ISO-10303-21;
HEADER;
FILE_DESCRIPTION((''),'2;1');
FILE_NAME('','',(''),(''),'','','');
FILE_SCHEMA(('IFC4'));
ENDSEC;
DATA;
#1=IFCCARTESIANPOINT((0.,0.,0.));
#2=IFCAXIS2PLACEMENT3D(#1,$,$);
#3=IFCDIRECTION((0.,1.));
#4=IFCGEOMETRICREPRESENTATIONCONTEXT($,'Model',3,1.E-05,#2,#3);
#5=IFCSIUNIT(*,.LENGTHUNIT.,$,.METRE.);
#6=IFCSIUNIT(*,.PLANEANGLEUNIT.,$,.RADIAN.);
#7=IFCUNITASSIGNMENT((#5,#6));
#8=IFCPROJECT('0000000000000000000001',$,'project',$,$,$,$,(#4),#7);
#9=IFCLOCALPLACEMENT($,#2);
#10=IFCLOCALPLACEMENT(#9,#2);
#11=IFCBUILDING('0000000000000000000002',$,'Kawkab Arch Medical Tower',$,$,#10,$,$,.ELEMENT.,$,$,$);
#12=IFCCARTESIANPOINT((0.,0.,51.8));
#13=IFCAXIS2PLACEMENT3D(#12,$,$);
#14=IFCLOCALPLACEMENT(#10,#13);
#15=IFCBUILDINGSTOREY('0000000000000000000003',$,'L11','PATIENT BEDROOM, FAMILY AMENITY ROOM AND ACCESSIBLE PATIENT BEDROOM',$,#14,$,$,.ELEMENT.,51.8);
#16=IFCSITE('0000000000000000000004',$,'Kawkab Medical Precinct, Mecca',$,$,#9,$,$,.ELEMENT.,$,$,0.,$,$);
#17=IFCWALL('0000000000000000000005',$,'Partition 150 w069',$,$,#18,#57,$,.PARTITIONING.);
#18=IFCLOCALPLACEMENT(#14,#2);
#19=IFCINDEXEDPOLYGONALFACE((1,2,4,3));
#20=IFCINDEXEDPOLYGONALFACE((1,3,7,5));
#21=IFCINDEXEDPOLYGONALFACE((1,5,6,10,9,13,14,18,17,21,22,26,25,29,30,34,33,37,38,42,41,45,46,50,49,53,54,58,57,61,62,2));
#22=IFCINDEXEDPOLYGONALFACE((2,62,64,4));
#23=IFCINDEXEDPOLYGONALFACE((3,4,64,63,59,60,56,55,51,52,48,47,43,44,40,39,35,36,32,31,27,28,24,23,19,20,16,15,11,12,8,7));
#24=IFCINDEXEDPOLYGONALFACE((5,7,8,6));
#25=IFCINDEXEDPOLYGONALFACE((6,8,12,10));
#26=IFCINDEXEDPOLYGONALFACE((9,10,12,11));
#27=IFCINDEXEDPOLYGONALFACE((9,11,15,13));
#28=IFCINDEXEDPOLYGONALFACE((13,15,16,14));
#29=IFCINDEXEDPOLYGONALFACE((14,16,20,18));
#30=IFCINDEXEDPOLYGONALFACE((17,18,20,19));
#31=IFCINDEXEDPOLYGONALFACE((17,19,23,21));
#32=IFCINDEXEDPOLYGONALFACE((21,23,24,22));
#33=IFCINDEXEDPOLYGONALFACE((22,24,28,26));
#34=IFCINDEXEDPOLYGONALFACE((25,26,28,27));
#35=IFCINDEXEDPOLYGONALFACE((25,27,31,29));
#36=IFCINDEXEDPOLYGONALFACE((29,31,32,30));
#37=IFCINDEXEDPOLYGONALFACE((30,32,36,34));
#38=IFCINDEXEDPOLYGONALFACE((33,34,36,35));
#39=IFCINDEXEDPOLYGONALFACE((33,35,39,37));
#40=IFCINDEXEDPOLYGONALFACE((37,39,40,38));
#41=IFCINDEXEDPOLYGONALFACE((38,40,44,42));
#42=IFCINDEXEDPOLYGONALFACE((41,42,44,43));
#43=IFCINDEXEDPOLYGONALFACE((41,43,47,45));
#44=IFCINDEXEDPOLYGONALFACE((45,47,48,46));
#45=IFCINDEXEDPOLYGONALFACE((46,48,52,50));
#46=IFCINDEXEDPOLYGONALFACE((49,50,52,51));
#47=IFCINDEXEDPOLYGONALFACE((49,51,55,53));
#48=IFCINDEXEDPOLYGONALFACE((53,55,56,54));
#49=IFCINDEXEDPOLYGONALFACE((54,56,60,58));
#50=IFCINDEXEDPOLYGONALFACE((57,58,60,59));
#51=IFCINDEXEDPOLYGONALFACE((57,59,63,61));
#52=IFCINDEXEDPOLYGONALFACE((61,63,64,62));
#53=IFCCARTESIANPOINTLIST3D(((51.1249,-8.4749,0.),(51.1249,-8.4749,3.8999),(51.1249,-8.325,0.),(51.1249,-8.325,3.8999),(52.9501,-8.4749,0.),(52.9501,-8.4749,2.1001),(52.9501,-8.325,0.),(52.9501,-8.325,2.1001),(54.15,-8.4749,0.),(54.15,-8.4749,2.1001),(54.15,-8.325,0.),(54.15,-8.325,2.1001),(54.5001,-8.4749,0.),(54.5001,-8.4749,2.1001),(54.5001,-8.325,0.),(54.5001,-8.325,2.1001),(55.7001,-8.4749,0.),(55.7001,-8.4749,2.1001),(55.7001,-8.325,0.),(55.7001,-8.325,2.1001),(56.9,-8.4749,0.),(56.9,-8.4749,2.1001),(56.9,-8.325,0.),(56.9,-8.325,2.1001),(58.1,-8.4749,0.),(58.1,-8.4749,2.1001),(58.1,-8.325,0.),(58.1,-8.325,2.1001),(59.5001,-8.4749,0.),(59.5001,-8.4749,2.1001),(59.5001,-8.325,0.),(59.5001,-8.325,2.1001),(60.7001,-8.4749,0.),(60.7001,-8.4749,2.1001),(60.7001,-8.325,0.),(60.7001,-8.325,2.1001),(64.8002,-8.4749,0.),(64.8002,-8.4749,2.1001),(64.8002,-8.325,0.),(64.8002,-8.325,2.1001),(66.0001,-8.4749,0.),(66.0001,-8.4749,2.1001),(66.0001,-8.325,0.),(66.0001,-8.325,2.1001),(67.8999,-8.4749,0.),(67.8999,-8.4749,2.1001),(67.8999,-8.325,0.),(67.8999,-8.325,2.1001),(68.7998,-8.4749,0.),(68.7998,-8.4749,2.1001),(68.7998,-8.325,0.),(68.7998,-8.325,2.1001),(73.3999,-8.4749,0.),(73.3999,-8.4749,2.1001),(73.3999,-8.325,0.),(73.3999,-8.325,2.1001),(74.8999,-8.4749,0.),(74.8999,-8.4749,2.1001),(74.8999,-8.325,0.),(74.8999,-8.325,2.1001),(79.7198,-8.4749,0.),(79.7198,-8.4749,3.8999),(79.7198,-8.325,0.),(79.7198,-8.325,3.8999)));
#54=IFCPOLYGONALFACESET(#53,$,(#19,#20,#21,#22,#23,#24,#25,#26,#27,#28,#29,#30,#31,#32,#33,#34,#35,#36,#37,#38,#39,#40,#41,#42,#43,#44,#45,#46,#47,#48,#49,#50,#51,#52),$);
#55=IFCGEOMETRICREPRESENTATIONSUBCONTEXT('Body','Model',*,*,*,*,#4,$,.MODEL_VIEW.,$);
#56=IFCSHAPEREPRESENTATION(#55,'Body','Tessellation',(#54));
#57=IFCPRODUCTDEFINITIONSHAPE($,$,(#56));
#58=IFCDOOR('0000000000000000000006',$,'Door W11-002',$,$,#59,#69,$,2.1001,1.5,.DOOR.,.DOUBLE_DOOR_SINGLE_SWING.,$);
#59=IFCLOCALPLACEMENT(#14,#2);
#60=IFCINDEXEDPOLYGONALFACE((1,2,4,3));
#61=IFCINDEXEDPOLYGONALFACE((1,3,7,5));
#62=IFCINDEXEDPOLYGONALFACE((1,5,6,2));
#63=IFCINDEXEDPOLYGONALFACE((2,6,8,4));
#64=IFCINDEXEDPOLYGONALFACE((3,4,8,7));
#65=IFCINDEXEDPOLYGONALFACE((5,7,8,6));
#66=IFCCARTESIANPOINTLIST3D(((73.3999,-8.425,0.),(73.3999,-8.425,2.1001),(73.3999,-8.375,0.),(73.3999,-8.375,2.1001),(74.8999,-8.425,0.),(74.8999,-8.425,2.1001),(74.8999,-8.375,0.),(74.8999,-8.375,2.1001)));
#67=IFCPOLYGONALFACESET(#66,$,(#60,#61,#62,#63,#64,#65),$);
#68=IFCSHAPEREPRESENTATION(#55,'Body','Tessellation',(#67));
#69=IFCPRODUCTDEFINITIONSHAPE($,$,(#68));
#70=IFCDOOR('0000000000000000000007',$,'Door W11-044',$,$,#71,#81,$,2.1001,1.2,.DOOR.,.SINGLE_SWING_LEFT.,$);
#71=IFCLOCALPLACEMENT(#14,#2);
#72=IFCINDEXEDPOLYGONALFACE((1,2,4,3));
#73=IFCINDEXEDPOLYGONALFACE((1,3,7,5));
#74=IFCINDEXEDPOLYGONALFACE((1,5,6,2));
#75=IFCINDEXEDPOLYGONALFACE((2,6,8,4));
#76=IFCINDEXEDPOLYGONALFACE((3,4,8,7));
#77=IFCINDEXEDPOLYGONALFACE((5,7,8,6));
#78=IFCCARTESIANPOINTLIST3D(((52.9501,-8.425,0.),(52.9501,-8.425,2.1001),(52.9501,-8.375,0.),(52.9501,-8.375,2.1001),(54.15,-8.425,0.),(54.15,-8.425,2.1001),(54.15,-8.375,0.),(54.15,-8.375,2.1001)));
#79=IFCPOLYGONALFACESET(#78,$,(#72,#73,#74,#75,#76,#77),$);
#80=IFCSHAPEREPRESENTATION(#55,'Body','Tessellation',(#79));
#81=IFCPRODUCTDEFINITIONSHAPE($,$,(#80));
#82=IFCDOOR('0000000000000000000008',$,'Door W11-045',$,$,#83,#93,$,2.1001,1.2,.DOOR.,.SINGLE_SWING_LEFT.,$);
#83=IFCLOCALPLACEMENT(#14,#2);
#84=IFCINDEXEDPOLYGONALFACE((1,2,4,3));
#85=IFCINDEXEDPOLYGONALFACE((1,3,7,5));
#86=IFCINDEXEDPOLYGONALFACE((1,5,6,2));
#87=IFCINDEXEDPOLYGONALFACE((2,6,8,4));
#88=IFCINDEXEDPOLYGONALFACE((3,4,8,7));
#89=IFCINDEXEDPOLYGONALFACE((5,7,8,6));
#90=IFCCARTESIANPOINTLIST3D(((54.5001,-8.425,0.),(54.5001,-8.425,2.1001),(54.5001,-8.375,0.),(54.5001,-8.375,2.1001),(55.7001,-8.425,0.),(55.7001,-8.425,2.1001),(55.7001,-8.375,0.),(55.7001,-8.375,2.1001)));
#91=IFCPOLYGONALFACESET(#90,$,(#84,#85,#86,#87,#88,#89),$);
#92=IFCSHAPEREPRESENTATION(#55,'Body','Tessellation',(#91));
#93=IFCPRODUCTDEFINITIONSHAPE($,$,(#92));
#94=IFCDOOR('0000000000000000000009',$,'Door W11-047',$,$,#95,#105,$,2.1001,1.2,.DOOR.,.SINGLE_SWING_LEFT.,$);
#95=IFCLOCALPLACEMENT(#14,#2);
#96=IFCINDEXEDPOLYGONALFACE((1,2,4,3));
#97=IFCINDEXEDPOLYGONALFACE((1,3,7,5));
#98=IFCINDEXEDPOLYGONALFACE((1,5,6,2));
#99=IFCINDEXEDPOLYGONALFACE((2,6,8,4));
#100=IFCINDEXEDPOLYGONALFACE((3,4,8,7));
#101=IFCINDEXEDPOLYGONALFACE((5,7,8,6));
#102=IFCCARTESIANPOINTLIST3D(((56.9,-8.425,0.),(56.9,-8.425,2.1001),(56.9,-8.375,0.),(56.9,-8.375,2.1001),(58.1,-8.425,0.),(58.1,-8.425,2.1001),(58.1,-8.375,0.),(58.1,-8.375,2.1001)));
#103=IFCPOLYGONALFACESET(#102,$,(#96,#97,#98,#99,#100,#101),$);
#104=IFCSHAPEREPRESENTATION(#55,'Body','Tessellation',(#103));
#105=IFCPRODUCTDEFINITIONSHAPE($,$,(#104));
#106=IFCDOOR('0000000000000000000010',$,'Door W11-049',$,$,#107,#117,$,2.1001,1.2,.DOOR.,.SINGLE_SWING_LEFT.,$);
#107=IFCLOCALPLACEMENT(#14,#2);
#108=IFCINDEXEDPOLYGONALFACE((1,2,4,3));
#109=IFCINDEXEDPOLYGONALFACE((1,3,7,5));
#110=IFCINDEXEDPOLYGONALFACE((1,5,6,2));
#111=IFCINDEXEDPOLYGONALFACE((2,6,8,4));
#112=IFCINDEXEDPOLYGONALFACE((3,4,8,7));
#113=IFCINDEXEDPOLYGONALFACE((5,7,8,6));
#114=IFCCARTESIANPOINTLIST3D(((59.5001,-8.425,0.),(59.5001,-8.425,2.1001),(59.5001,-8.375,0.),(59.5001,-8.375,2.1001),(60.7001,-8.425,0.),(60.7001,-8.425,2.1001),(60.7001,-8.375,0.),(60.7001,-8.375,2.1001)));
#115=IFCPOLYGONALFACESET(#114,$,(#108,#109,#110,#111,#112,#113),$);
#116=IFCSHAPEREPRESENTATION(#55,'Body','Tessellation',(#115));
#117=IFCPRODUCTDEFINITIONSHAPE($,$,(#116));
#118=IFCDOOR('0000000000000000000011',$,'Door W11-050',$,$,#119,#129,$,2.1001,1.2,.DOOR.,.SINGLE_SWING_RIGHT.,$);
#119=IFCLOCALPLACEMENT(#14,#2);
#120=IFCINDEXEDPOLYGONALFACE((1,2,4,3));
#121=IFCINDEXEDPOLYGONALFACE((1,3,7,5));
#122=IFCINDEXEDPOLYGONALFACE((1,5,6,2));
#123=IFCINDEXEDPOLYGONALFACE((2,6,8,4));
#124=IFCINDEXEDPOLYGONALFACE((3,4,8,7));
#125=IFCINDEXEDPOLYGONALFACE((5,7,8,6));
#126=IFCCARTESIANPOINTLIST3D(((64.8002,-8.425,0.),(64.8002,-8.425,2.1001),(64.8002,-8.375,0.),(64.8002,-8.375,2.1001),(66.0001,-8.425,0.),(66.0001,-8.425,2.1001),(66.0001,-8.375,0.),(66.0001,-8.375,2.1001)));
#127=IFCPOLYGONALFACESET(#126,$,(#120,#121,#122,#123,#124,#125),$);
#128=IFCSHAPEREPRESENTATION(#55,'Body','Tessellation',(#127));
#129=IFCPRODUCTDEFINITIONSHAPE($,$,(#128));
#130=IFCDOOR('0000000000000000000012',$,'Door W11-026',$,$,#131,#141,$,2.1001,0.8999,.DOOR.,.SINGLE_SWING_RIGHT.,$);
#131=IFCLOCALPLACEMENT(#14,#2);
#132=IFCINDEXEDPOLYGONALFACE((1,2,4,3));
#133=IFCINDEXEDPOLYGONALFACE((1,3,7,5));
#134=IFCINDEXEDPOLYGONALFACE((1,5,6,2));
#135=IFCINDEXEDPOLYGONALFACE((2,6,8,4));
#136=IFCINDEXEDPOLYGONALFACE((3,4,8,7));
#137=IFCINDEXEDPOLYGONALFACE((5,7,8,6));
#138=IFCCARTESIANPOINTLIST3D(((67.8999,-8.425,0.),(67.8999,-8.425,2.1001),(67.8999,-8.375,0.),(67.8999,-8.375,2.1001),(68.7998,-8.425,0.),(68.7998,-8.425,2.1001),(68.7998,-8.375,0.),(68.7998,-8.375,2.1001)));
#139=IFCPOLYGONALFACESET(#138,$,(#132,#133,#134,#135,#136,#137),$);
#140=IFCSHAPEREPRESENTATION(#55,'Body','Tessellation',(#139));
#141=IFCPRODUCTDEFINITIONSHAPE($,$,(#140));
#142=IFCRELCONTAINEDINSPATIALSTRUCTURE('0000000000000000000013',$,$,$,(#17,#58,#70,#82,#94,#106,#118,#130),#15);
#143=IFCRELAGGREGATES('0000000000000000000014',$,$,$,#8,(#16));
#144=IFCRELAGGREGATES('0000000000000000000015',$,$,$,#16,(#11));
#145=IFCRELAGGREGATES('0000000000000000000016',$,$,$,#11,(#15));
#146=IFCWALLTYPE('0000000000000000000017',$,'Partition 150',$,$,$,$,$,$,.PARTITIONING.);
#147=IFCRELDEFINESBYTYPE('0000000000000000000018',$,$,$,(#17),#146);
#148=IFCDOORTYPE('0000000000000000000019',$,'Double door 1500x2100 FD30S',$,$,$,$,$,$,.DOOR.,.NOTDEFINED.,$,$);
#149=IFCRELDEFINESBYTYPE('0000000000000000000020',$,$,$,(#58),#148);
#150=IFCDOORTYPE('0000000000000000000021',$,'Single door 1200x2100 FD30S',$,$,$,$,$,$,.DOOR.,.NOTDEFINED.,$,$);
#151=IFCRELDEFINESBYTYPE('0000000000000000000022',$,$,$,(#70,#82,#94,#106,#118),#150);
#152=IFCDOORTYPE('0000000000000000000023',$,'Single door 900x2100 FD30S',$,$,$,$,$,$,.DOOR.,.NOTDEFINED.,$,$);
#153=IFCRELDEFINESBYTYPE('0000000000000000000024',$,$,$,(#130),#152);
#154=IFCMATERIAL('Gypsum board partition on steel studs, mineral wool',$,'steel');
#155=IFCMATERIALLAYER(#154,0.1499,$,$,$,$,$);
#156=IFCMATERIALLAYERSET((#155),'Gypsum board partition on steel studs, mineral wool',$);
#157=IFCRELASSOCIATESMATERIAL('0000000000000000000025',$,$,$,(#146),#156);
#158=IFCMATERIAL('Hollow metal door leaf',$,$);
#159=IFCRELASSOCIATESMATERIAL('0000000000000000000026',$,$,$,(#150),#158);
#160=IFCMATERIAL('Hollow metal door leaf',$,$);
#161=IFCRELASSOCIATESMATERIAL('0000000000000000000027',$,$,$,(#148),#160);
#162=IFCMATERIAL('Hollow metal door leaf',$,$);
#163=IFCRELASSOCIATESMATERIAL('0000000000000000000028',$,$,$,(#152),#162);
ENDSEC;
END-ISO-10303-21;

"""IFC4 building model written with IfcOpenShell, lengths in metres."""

from ifc_helpers import new_model, si_unit, direction, frame, frame_2d, origin, place, context, subcontext, project, spatial, rectangle, extrude, material, layer, layer_set, type_object, element, fill, save


model = new_model("IFC4")

# Units and contexts
model_context = context("Model", 3, precision=1e-05, world=origin(), true_north=direction((0.0, 1.0)))
body_context = subcontext(model_context, "Body", "Model", "MODEL_VIEW")
ifc_project = project(units=[si_unit("LENGTHUNIT", "METRE"), si_unit("PLANEANGLEUNIT", "RADIAN")], contexts=[model_context])

# Site, building, storey
site_placement = place(None, origin())
site = spatial("IfcSite", under=ifc_project, at=site_placement, Name="Kawkab Medical Precinct, Mecca", CompositionType="ELEMENT", RefElevation=0.0)
building_placement = place(site_placement, origin())
building = spatial("IfcBuilding", under=site, at=building_placement, Name="Kawkab Arch Medical Tower", CompositionType="ELEMENT")
storey_placement = place(building_placement, frame((0.0, 0.0, 51.8)))
storey = spatial("IfcBuildingStorey", under=building, at=storey_placement, Name="L11", Description="PATIENT BEDROOM, FAMILY AMENITY ROOM AND ACCESSIBLE PATIENT BEDROOM", CompositionType="ELEMENT", Elevation=51.8)

# Shared definitions
ifc_material_1 = material(Name="Gypsum board partition on steel studs, mineral wool", Category="steel")
ifc_layer_1 = layer(ifc_material_1, 0.1499)
ifc_layer_set_1 = layer_set([ifc_layer_1], Name="Gypsum board partition on steel studs, mineral wool")
wall_type_1 = type_object("IfcWallType", Name="Partition 150", PredefinedType="PARTITIONING", material=ifc_layer_set_1)
ifc_material_2 = material(Name="Hollow metal door leaf")
door_type_1 = type_object("IfcDoorType", Name="Single door 1200x2100 FD30S", OperationType="NOTDEFINED", PredefinedType="DOOR", material=ifc_material_2)

# Wall, openings, doors
wall_1_placement = place(storey_placement, frame((51.125, -8.3999, 0.0), z_axis=(0.0, 0.0, 1.0), x_axis=(1.0, 0.0, 0.0)))
wall_1 = element("IfcWall", 1, at=wall_1_placement, inside=storey, type_object=wall_type_1, Name="Partition 150 w069", PredefinedType="PARTITIONING", context=body_context, shape_type="SweptSolid", body=[
    extrude(rectangle(XDim=28.595, YDim=0.1499, at=frame_2d((14.2974, 0.0))), origin(), (0.0, 0.0, 1.0), 3.8999),
])
opening_1_placement = place(wall_1_placement, frame((1.825, 0.0, 0.0)))
opening_1 = element("IfcOpeningElement", 2, at=opening_1_placement, cuts=wall_1, PredefinedType="OPENING", context=body_context, shape_type="SweptSolid", body=[
    extrude(rectangle(XDim=1.2, YDim=2.1001, at=frame_2d((0.6001, 1.05))), frame((0.0, 0.085, 0.0), z_axis=(0.0, -1.0, 0.0), x_axis=(1.0, 0.0, 0.0)), (0.0, 0.0, 1.0), 0.1699),
])
opening_2_placement = place(wall_1_placement, frame((3.375, 0.0, 0.0)))
opening_2 = element("IfcOpeningElement", 3, at=opening_2_placement, cuts=wall_1, PredefinedType="OPENING", context=body_context, shape_type="SweptSolid", body=[
    extrude(rectangle(XDim=1.2, YDim=2.1001, at=frame_2d((0.6001, 1.05))), frame((0.0, 0.085, 0.0), z_axis=(0.0, -1.0, 0.0), x_axis=(1.0, 0.0, 0.0)), (0.0, 0.0, 1.0), 0.1699),
])
opening_3_placement = place(wall_1_placement, frame((5.7749, 0.0, 0.0)))
opening_3 = element("IfcOpeningElement", 4, at=opening_3_placement, cuts=wall_1, PredefinedType="OPENING", context=body_context, shape_type="SweptSolid", body=[
    extrude(rectangle(XDim=1.2, YDim=2.1001, at=frame_2d((0.6001, 1.05))), frame((0.0, 0.085, 0.0), z_axis=(0.0, -1.0, 0.0), x_axis=(1.0, 0.0, 0.0)), (0.0, 0.0, 1.0), 0.1699),
])
opening_4_placement = place(wall_1_placement, frame((8.375, 0.0, 0.0)))
opening_4 = element("IfcOpeningElement", 5, at=opening_4_placement, cuts=wall_1, PredefinedType="OPENING", context=body_context, shape_type="SweptSolid", body=[
    extrude(rectangle(XDim=1.2, YDim=2.1001, at=frame_2d((0.6001, 1.05))), frame((0.0, 0.085, 0.0), z_axis=(0.0, -1.0, 0.0), x_axis=(1.0, 0.0, 0.0)), (0.0, 0.0, 1.0), 0.1699),
])
opening_5_placement = place(wall_1_placement, frame((13.675, 0.0, 0.0)))
opening_5 = element("IfcOpeningElement", 6, at=opening_5_placement, cuts=wall_1, PredefinedType="OPENING", context=body_context, shape_type="SweptSolid", body=[
    extrude(rectangle(XDim=1.2, YDim=2.1001, at=frame_2d((0.6001, 1.05))), frame((0.0, 0.085, 0.0), z_axis=(0.0, -1.0, 0.0), x_axis=(1.0, 0.0, 0.0)), (0.0, 0.0, 1.0), 0.1699),
])
opening_6_placement = place(wall_1_placement, frame((16.7749, 0.0, 0.0)))
opening_6 = element("IfcOpeningElement", 7, at=opening_6_placement, cuts=wall_1, PredefinedType="OPENING", context=body_context, shape_type="SweptSolid", body=[
    extrude(rectangle(XDim=0.8999, YDim=2.1001, at=frame_2d((0.45, 1.05))), frame((0.0, 0.085, 0.0), z_axis=(0.0, -1.0, 0.0), x_axis=(1.0, 0.0, 0.0)), (0.0, 0.0, 1.0), 0.1699),
])
opening_7_placement = place(wall_1_placement, frame((22.2749, 0.0, 0.0)))
opening_7 = element("IfcOpeningElement", 8, at=opening_7_placement, cuts=wall_1, PredefinedType="OPENING", context=body_context, shape_type="SweptSolid", body=[
    extrude(rectangle(XDim=1.5, YDim=2.1001, at=frame_2d((0.75, 1.05))), frame((0.0, 0.085, 0.0), z_axis=(0.0, -1.0, 0.0), x_axis=(1.0, 0.0, 0.0)), (0.0, 0.0, 1.0), 0.1699),
])
ifc_material_3 = material(Name="Hollow metal door leaf")
door_type_2 = type_object("IfcDoorType", Name="Double door 1500x2100 FD30S", OperationType="NOTDEFINED", PredefinedType="DOOR", material=ifc_material_3)
door_1_placement = place(opening_7_placement, origin())
door_1 = element("IfcDoor", 9, at=door_1_placement, inside=storey, type_object=door_type_2, Name="Door W11-002", OperationType="DOUBLE_DOOR_SINGLE_SWING", OverallHeight=2.1001, OverallWidth=1.5, PredefinedType="DOOR", context=body_context, shape_type="SweptSolid", body=[
    extrude(rectangle(XDim=1.5, YDim=2.1001, at=frame_2d((0.75, 1.05))), frame((0.0, 0.0249, 0.0), z_axis=(0.0, -1.0, 0.0), x_axis=(1.0, 0.0, 0.0)), (0.0, 0.0, 1.0), 0.05),
])
fill(opening_7, door_1)
door_2_placement = place(opening_1_placement, origin())
door_2 = element("IfcDoor", 10, at=door_2_placement, inside=storey, type_object=door_type_1, Name="Door W11-044", OperationType="SINGLE_SWING_LEFT", OverallHeight=2.1001, OverallWidth=1.2, PredefinedType="DOOR", context=body_context, shape_type="SweptSolid", body=[
    extrude(rectangle(XDim=1.2, YDim=2.1001, at=frame_2d((0.6001, 1.05))), frame((0.0, 0.0249, 0.0), z_axis=(0.0, -1.0, 0.0), x_axis=(1.0, 0.0, 0.0)), (0.0, 0.0, 1.0), 0.05),
])
fill(opening_1, door_2)
door_3_placement = place(opening_2_placement, origin())
door_3 = element("IfcDoor", 11, at=door_3_placement, inside=storey, type_object=door_type_1, Name="Door W11-045", OperationType="SINGLE_SWING_LEFT", OverallHeight=2.1001, OverallWidth=1.2, PredefinedType="DOOR", context=body_context, shape_type="SweptSolid", body=[
    extrude(rectangle(XDim=1.2, YDim=2.1001, at=frame_2d((0.6001, 1.05))), frame((0.0, 0.0249, 0.0), z_axis=(0.0, -1.0, 0.0), x_axis=(1.0, 0.0, 0.0)), (0.0, 0.0, 1.0), 0.05),
])
fill(opening_2, door_3)
door_4_placement = place(opening_3_placement, origin())
door_4 = element("IfcDoor", 12, at=door_4_placement, inside=storey, type_object=door_type_1, Name="Door W11-047", OperationType="SINGLE_SWING_LEFT", OverallHeight=2.1001, OverallWidth=1.2, PredefinedType="DOOR", context=body_context, shape_type="SweptSolid", body=[
    extrude(rectangle(XDim=1.2, YDim=2.1001, at=frame_2d((0.6001, 1.05))), frame((0.0, 0.0249, 0.0), z_axis=(0.0, -1.0, 0.0), x_axis=(1.0, 0.0, 0.0)), (0.0, 0.0, 1.0), 0.05),
])
fill(opening_3, door_4)
door_5_placement = place(opening_4_placement, origin())
door_5 = element("IfcDoor", 13, at=door_5_placement, inside=storey, type_object=door_type_1, Name="Door W11-049", OperationType="SINGLE_SWING_LEFT", OverallHeight=2.1001, OverallWidth=1.2, PredefinedType="DOOR", context=body_context, shape_type="SweptSolid", body=[
    extrude(rectangle(XDim=1.2, YDim=2.1001, at=frame_2d((0.6001, 1.05))), frame((0.0, 0.0249, 0.0), z_axis=(0.0, -1.0, 0.0), x_axis=(1.0, 0.0, 0.0)), (0.0, 0.0, 1.0), 0.05),
])
fill(opening_4, door_5)
door_6_placement = place(opening_5_placement, origin())
door_6 = element("IfcDoor", 14, at=door_6_placement, inside=storey, type_object=door_type_1, Name="Door W11-050", OperationType="SINGLE_SWING_RIGHT", OverallHeight=2.1001, OverallWidth=1.2, PredefinedType="DOOR", context=body_context, shape_type="SweptSolid", body=[
    extrude(rectangle(XDim=1.2, YDim=2.1001, at=frame_2d((0.6001, 1.05))), frame((0.0, 0.0249, 0.0), z_axis=(0.0, -1.0, 0.0), x_axis=(1.0, 0.0, 0.0)), (0.0, 0.0, 1.0), 0.05),
])
fill(opening_5, door_6)
ifc_material_4 = material(Name="Hollow metal door leaf")
door_type_3 = type_object("IfcDoorType", Name="Single door 900x2100 FD30S", OperationType="NOTDEFINED", PredefinedType="DOOR", material=ifc_material_4)
door_7_placement = place(opening_6_placement, origin())
door_7 = element("IfcDoor", 15, at=door_7_placement, inside=storey, type_object=door_type_3, Name="Door W11-026", OperationType="SINGLE_SWING_RIGHT", OverallHeight=2.1001, OverallWidth=0.8999, PredefinedType="DOOR", context=body_context, shape_type="SweptSolid", body=[
    extrude(rectangle(XDim=0.8999, YDim=2.1001, at=frame_2d((0.45, 1.05))), frame((0.0, 0.0249, 0.0), z_axis=(0.0, -1.0, 0.0), x_axis=(1.0, 0.0, 0.0)), (0.0, 0.0, 1.0), 0.05),
])
fill(opening_6, door_7)

save(model, "model.ifc")
